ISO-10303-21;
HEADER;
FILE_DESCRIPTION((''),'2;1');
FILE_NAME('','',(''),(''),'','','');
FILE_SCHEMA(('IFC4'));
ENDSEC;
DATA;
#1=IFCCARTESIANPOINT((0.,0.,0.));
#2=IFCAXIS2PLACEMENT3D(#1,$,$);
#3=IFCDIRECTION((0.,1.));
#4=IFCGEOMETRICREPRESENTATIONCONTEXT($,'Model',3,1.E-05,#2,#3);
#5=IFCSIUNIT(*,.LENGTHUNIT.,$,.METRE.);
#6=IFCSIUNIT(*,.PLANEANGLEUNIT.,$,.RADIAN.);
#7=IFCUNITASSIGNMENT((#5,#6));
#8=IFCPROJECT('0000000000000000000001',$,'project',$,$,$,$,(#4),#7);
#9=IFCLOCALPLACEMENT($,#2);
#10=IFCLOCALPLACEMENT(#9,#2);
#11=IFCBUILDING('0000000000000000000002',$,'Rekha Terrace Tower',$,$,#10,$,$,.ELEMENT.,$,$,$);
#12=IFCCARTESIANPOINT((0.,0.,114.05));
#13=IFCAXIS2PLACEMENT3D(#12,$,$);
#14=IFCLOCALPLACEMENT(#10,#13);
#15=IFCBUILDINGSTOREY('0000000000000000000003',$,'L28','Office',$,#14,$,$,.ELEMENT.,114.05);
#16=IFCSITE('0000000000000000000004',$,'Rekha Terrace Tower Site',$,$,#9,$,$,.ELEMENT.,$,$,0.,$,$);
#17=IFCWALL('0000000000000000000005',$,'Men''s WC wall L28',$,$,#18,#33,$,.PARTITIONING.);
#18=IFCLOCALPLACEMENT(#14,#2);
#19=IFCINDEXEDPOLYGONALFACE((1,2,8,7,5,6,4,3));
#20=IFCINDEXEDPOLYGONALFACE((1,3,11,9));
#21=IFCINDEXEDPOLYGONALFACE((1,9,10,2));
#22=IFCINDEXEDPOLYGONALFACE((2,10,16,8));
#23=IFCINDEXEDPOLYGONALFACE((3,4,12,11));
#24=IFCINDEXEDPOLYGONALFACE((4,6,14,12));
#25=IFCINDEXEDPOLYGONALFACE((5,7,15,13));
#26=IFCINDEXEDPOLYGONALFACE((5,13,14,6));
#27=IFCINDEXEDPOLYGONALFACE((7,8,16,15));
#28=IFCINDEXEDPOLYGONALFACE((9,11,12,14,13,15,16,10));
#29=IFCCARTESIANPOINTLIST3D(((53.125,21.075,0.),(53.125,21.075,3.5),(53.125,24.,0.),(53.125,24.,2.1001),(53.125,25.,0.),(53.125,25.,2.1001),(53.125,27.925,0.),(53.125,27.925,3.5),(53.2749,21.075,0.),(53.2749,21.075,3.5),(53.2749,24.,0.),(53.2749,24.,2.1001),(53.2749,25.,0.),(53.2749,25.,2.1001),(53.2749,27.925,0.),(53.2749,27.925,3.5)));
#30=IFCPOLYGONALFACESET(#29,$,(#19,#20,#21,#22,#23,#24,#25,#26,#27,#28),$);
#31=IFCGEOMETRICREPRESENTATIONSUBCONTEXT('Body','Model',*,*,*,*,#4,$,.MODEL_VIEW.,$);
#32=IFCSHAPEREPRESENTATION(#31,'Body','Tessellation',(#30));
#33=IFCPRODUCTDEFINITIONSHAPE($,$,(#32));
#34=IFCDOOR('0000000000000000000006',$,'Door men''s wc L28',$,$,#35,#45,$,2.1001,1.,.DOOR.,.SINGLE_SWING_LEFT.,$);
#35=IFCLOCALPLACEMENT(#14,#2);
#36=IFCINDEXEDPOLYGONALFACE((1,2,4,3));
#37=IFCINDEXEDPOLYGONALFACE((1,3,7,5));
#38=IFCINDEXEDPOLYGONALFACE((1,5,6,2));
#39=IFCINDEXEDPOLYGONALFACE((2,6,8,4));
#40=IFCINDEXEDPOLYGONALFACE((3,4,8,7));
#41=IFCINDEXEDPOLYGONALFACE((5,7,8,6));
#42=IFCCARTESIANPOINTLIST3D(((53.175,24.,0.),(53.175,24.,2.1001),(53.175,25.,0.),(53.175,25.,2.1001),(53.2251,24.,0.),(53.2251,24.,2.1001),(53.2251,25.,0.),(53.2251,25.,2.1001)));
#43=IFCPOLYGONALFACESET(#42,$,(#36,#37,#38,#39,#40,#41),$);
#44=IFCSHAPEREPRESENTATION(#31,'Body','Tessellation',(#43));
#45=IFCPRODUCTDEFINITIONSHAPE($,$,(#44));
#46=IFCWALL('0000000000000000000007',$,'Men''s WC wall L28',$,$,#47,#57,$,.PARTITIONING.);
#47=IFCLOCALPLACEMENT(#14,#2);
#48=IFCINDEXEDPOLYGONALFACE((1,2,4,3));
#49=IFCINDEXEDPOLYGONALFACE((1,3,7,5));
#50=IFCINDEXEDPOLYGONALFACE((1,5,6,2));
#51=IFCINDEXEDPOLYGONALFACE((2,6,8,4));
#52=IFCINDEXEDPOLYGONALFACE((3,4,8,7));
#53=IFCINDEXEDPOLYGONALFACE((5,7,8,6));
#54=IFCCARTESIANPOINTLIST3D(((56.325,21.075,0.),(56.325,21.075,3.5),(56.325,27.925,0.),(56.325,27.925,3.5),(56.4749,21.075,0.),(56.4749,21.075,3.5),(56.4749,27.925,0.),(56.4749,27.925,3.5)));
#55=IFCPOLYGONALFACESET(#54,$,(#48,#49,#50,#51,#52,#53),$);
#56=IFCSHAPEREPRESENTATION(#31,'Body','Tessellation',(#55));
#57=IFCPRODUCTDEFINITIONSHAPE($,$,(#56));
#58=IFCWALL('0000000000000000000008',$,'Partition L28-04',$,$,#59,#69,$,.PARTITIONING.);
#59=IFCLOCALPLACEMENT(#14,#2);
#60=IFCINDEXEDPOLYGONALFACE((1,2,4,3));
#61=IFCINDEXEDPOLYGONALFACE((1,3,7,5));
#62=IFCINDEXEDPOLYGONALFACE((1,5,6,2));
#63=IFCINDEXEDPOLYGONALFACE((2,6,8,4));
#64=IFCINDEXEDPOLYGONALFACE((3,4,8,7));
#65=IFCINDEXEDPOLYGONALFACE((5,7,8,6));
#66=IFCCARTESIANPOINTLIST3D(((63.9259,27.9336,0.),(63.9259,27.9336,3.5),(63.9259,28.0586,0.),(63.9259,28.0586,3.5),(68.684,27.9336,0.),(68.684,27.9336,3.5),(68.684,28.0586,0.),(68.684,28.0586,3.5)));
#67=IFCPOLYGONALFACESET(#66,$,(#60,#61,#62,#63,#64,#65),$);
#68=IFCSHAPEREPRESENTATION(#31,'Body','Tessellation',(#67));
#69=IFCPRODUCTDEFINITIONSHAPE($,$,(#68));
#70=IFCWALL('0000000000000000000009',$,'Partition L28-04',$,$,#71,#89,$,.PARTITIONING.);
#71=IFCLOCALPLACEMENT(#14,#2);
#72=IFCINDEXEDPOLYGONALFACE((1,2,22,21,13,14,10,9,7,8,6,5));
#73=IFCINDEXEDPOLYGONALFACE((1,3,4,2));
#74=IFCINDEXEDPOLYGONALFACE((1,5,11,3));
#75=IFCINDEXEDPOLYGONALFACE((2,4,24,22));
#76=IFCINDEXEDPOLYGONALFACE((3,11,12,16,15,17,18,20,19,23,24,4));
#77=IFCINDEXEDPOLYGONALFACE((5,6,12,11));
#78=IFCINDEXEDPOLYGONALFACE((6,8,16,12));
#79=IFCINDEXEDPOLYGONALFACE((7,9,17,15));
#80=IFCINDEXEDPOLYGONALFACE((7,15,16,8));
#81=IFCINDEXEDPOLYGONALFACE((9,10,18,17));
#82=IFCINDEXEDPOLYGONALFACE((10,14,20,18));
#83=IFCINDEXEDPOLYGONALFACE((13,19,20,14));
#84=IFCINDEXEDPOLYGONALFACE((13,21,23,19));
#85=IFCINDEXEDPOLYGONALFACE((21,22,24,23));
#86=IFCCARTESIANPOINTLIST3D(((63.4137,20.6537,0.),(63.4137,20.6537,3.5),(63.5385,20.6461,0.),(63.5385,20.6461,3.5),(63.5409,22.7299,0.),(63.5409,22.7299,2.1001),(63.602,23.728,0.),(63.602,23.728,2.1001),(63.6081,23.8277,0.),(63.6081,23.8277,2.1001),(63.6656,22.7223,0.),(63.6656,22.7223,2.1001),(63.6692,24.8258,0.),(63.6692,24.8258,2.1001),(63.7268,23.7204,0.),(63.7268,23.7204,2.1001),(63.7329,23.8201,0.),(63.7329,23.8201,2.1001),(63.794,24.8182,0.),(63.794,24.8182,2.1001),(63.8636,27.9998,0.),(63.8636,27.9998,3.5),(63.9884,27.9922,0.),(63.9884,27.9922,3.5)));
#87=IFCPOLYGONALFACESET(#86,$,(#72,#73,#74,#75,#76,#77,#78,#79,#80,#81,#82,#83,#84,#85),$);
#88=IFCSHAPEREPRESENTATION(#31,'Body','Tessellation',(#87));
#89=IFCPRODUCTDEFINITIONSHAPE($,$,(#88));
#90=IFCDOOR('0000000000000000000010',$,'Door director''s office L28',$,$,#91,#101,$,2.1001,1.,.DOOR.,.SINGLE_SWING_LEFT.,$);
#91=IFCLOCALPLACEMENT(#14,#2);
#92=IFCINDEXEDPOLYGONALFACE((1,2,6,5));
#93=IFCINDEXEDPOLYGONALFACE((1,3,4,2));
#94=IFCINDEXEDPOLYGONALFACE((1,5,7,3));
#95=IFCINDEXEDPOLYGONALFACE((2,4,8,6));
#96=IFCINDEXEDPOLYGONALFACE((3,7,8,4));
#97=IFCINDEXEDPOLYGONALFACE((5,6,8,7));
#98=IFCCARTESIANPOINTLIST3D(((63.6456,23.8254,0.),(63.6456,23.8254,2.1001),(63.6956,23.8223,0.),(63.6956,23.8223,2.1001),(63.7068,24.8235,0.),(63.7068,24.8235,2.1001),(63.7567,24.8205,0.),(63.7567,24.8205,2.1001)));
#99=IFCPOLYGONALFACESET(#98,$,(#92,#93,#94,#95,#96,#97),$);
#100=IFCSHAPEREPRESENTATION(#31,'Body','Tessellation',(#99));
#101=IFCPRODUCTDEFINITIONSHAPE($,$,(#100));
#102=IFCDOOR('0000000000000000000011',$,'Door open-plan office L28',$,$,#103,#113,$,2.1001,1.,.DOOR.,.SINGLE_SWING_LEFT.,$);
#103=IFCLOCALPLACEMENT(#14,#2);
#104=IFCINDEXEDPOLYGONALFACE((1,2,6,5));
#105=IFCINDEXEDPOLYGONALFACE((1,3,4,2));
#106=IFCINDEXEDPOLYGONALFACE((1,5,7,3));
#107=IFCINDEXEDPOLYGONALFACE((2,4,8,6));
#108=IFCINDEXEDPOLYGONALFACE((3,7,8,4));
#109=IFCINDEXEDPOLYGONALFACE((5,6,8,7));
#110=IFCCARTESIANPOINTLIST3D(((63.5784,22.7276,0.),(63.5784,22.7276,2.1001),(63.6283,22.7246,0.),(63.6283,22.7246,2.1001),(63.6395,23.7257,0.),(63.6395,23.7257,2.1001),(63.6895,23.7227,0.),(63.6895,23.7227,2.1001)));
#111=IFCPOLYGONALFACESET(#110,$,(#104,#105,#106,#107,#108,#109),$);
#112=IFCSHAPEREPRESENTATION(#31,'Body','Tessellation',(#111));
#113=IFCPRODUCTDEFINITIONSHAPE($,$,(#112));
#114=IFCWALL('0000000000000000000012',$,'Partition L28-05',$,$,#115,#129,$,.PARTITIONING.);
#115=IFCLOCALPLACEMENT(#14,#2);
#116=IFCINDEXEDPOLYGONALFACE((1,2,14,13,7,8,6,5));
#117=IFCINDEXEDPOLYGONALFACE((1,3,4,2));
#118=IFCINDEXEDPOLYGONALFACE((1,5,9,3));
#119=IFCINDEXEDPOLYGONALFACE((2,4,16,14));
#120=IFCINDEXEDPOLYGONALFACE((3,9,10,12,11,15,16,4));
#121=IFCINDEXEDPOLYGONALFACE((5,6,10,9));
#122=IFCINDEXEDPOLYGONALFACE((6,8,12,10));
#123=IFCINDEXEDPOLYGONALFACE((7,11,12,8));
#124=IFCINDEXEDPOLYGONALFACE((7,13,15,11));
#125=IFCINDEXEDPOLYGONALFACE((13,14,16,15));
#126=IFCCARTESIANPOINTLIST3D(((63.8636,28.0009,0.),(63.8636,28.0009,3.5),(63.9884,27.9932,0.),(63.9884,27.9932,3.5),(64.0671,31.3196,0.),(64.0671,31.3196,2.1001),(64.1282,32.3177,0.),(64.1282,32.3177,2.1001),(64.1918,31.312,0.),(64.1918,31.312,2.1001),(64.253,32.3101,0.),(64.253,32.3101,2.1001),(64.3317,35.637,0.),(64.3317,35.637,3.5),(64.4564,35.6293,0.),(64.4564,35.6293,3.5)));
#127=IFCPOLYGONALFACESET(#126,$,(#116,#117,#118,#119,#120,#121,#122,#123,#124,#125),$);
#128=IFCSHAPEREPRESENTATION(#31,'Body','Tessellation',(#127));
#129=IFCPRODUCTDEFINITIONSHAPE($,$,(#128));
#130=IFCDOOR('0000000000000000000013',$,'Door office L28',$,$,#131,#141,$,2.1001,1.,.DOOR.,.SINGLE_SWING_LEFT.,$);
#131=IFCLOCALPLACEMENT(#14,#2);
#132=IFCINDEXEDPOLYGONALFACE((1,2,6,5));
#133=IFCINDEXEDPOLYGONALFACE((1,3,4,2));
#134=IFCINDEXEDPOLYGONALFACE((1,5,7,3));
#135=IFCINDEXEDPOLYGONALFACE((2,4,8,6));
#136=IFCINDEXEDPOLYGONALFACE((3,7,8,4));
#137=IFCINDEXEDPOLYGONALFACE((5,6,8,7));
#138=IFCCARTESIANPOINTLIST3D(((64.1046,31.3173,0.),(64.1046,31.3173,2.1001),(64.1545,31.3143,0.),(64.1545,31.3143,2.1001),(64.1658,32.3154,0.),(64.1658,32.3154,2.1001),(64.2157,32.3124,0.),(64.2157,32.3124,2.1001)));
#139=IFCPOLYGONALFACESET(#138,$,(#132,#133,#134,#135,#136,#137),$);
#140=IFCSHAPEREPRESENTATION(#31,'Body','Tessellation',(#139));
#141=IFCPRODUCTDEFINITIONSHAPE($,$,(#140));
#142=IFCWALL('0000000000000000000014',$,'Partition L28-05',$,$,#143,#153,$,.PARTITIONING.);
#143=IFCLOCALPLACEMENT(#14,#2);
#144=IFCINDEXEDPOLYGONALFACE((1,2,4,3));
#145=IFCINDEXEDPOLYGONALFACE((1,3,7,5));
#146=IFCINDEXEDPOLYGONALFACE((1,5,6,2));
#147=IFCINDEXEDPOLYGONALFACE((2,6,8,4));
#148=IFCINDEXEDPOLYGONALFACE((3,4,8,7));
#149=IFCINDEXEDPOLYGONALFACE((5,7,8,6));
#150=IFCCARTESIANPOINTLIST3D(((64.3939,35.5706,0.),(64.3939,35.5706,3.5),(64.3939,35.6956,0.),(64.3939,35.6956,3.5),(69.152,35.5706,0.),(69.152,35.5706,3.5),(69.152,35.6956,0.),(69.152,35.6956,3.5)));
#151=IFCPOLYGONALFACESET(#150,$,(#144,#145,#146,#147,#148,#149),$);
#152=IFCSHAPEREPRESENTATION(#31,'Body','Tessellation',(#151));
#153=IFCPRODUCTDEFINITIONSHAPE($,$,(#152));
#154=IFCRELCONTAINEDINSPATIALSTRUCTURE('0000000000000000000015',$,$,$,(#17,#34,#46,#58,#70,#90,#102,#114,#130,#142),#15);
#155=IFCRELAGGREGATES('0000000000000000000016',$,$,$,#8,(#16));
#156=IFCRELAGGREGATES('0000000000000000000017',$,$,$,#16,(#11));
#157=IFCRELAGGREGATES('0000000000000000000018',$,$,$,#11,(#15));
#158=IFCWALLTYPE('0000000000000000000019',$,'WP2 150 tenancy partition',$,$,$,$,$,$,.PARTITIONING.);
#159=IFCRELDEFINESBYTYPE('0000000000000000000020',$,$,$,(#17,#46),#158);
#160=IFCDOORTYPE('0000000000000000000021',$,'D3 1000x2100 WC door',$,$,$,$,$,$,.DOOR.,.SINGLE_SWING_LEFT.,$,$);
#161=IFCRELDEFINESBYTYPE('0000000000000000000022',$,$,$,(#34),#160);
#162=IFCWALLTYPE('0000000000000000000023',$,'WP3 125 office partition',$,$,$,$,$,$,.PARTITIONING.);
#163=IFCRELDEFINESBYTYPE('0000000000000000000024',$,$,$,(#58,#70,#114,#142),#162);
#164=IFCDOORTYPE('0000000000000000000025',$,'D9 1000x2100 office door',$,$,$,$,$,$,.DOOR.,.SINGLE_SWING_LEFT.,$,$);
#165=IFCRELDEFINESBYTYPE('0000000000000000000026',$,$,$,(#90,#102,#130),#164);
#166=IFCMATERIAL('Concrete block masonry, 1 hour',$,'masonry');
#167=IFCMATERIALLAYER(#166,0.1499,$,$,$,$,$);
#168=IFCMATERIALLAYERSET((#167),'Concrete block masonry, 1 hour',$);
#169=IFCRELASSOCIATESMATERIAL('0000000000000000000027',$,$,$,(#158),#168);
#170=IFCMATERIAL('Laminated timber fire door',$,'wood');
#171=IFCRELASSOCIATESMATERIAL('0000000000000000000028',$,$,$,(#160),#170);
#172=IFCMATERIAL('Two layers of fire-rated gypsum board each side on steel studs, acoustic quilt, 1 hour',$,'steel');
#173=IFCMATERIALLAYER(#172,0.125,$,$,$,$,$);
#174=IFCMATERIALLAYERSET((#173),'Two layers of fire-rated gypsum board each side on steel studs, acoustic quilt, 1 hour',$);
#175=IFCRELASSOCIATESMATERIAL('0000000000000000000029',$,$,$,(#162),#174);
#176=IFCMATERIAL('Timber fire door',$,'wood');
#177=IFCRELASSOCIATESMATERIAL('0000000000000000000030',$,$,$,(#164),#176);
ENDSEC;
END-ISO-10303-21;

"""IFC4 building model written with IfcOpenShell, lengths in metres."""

from ifc_helpers import new_model, si_unit, direction, frame, frame_2d, origin, place, context, subcontext, project, spatial, rectangle, extrude, material, layer, layer_set, type_object, element, fill, save


model = new_model("IFC4")

# Units and contexts
model_context = context("Model", 3, precision=1e-05, world=origin(), true_north=direction((0.0, 1.0)))
body_context = subcontext(model_context, "Body", "Model", "MODEL_VIEW")
ifc_project = project(units=[si_unit("LENGTHUNIT", "METRE"), si_unit("PLANEANGLEUNIT", "RADIAN")], contexts=[model_context])

# Site, building, storey
site_placement = place(None, origin())
site = spatial("IfcSite", under=ifc_project, at=site_placement, Name="Rekha Terrace Tower Site", CompositionType="ELEMENT", RefElevation=0.0)
building_placement = place(site_placement, origin())
building = spatial("IfcBuilding", under=site, at=building_placement, Name="Rekha Terrace Tower", CompositionType="ELEMENT")
storey_placement = place(building_placement, frame((0.0, 0.0, 114.05)))
storey = spatial("IfcBuildingStorey", under=building, at=storey_placement, Name="L28", Description="Office", CompositionType="ELEMENT", Elevation=114.05)

# Shared definitions
ifc_material_1 = material(Name="Concrete block masonry, 1 hour", Category="masonry")
ifc_layer_1 = layer(ifc_material_1, 0.1499)
ifc_layer_set_1 = layer_set([ifc_layer_1], Name="Concrete block masonry, 1 hour")
wall_type_1 = type_object("IfcWallType", Name="WP2 150 tenancy partition", PredefinedType="PARTITIONING", material=ifc_layer_set_1)

# Wall, opening, door
wall_1_placement = place(storey_placement, frame((53.2, 21.075, 0.0), z_axis=(0.0, 0.0, 1.0), x_axis=(0.0, 1.0, 0.0)))
wall_1 = element("IfcWall", 1, at=wall_1_placement, inside=storey, type_object=wall_type_1, Name="Men's WC wall L28", PredefinedType="PARTITIONING", context=body_context, shape_type="SweptSolid", body=[
    extrude(rectangle(XDim=6.8501, YDim=0.1499, at=frame_2d((3.425, 0.0))), origin(), (0.0, 0.0, 1.0), 3.5),
])
opening_1_placement = place(wall_1_placement, frame((2.925, 0.0, 0.0)))
opening_1 = element("IfcOpeningElement", 2, at=opening_1_placement, cuts=wall_1, PredefinedType="OPENING", context=body_context, shape_type="SweptSolid", body=[
    extrude(rectangle(XDim=1.0, YDim=2.1001, at=frame_2d((0.5, 1.05))), frame((0.0, 0.085, 0.0), z_axis=(0.0, -1.0, 0.0), x_axis=(1.0, 0.0, 0.0)), (0.0, 0.0, 1.0), 0.1699),
])
ifc_material_2 = material(Name="Laminated timber fire door", Category="wood")
door_type_1 = type_object("IfcDoorType", Name="D3 1000x2100 WC door", OperationType="SINGLE_SWING_LEFT", PredefinedType="DOOR", material=ifc_material_2)
door_1_placement = place(opening_1_placement, origin())
door_1 = element("IfcDoor", 3, at=door_1_placement, inside=storey, type_object=door_type_1, Name="Door men's wc L28", OperationType="SINGLE_SWING_LEFT", OverallHeight=2.1001, OverallWidth=1.0, PredefinedType="DOOR", context=body_context, shape_type="SweptSolid", body=[
    extrude(rectangle(XDim=1.0, YDim=2.1001, at=frame_2d((0.5, 1.05))), frame((0.0, 0.0249, 0.0), z_axis=(0.0, -1.0, 0.0), x_axis=(1.0, 0.0, 0.0)), (0.0, 0.0, 1.0), 0.05),
])
fill(opening_1, door_1)

# Walls
wall_2_placement = place(storey_placement, frame((56.3999, 21.075, 0.0), z_axis=(0.0, 0.0, 1.0), x_axis=(0.0, 1.0, 0.0)))
element("IfcWall", 4, at=wall_2_placement, inside=storey, type_object=wall_type_1, Name="Men's WC wall L28", PredefinedType="PARTITIONING", context=body_context, shape_type="SweptSolid", body=[
    extrude(rectangle(XDim=6.8501, YDim=0.1499, at=frame_2d((3.425, 0.0))), origin(), (0.0, 0.0, 1.0), 3.5),
])
ifc_material_3 = material(Name="Two layers of fire-rated gypsum board each side on steel studs, acoustic quilt, 1 hour", Category="steel")
ifc_layer_2 = layer(ifc_material_3, 0.125)
ifc_layer_set_2 = layer_set([ifc_layer_2], Name="Two layers of fire-rated gypsum board each side on steel studs, acoustic quilt, 1 hour")
wall_type_2 = type_object("IfcWallType", Name="WP3 125 office partition", PredefinedType="PARTITIONING", material=ifc_layer_set_2)
wall_3_placement = place(storey_placement, frame((63.926, 27.9961, 0.0), z_axis=(0.0, 0.0, 1.0), x_axis=(1.0, 0.0, 0.0)))
element("IfcWall", 5, at=wall_3_placement, inside=storey, type_object=wall_type_2, Name="Partition L28-04", PredefinedType="PARTITIONING", context=body_context, shape_type="SweptSolid", body=[
    extrude(rectangle(XDim=4.7581, YDim=0.125, at=frame_2d((2.3789, 0.0))), origin(), (0.0, 0.0, 1.0), 3.5),
])

# Wall, openings, doors
wall_4_placement = place(storey_placement, frame((63.4761, 20.6499, 0.0), z_axis=(0.0, 0.0, 1.0), x_axis=(0.061135, 0.99813, 0.0)))
wall_4 = element("IfcWall", 6, at=wall_4_placement, inside=storey, type_object=wall_type_2, Name="Partition L28-04", PredefinedType="PARTITIONING", context=body_context, shape_type="SweptSolid", body=[
    extrude(rectangle(XDim=7.3599, YDim=0.125, at=frame_2d((3.6799, 0.0))), origin(), (0.0, 0.0, 1.0), 3.5),
])
opening_2_placement = place(wall_4_placement, frame((3.1799, 0.0, 0.0)))
opening_2 = element("IfcOpeningElement", 7, at=opening_2_placement, cuts=wall_4, PredefinedType="OPENING", context=body_context, shape_type="SweptSolid", body=[
    extrude(rectangle(XDim=1.0, YDim=2.1001, at=frame_2d((0.5, 1.05))), frame((0.0, 0.0725, 0.0), z_axis=(0.0, -1.0, 0.0), x_axis=(1.0, 0.0, 0.0)), (0.0, 0.0, 1.0), 0.145),
])
opening_3_placement = place(wall_4_placement, frame((2.0801, 0.0, 0.0)))
opening_3 = element("IfcOpeningElement", 8, at=opening_3_placement, cuts=wall_4, PredefinedType="OPENING", context=body_context, shape_type="SweptSolid", body=[
    extrude(rectangle(XDim=1.0, YDim=2.1001, at=frame_2d((0.5, 1.05))), frame((0.0, 0.0725, 0.0), z_axis=(0.0, -1.0, 0.0), x_axis=(1.0, 0.0, 0.0)), (0.0, 0.0, 1.0), 0.145),
])
ifc_material_4 = material(Name="Timber fire door", Category="wood")
door_type_2 = type_object("IfcDoorType", Name="D9 1000x2100 office door", OperationType="SINGLE_SWING_LEFT", PredefinedType="DOOR", material=ifc_material_4)
door_2_placement = place(opening_2_placement, origin())
door_2 = element("IfcDoor", 9, at=door_2_placement, inside=storey, type_object=door_type_2, Name="Door director's office L28", OperationType="SINGLE_SWING_LEFT", OverallHeight=2.1001, OverallWidth=1.0, PredefinedType="DOOR", context=body_context, shape_type="SweptSolid", body=[
    extrude(rectangle(XDim=1.0, YDim=2.1001, at=frame_2d((0.5, 1.05))), frame((0.0, 0.0249, 0.0), z_axis=(0.0, -1.0, 0.0), x_axis=(1.0, 0.0, 0.0)), (0.0, 0.0, 1.0), 0.05),
])
fill(opening_2, door_2)
door_3_placement = place(opening_3_placement, origin())
door_3 = element("IfcDoor", 10, at=door_3_placement, inside=storey, type_object=door_type_2, Name="Door open-plan office L28", OperationType="SINGLE_SWING_LEFT", OverallHeight=2.1001, OverallWidth=1.0, PredefinedType="DOOR", context=body_context, shape_type="SweptSolid", body=[
    extrude(rectangle(XDim=1.0, YDim=2.1001, at=frame_2d((0.5, 1.05))), frame((0.0, 0.0249, 0.0), z_axis=(0.0, -1.0, 0.0), x_axis=(1.0, 0.0, 0.0)), (0.0, 0.0, 1.0), 0.05),
])
fill(opening_3, door_3)

# Wall, opening, door
wall_5_placement = place(storey_placement, frame((63.926, 27.9971, 0.0), z_axis=(0.0, 0.0, 1.0), x_axis=(0.061176, 0.998127, 0.0)))
wall_5 = element("IfcWall", 11, at=wall_5_placement, inside=storey, type_object=wall_type_2, Name="Partition L28-05", PredefinedType="PARTITIONING", context=body_context, shape_type="SweptSolid", body=[
    extrude(rectangle(XDim=7.6504, YDim=0.125, at=frame_2d((3.8252, 0.0))), origin(), (0.0, 0.0, 1.0), 3.5),
])
opening_4_placement = place(wall_5_placement, frame((3.325, 0.0, 0.0)))
opening_4 = element("IfcOpeningElement", 12, at=opening_4_placement, cuts=wall_5, PredefinedType="OPENING", context=body_context, shape_type="SweptSolid", body=[
    extrude(rectangle(XDim=1.0, YDim=2.1001, at=frame_2d((0.5, 1.05))), frame((0.0, 0.0725, 0.0), z_axis=(0.0, -1.0, 0.0), x_axis=(1.0, 0.0, 0.0)), (0.0, 0.0, 1.0), 0.145),
])
door_4_placement = place(opening_4_placement, origin())
door_4 = element("IfcDoor", 13, at=door_4_placement, inside=storey, type_object=door_type_2, Name="Door office L28", OperationType="SINGLE_SWING_LEFT", OverallHeight=2.1001, OverallWidth=1.0, PredefinedType="DOOR", context=body_context, shape_type="SweptSolid", body=[
    extrude(rectangle(XDim=1.0, YDim=2.1001, at=frame_2d((0.5, 1.05))), frame((0.0, 0.0249, 0.0), z_axis=(0.0, -1.0, 0.0), x_axis=(1.0, 0.0, 0.0)), (0.0, 0.0, 1.0), 0.05),
])
fill(opening_4, door_4)

# Wall
wall_6_placement = place(storey_placement, frame((64.394, 35.6331, 0.0), z_axis=(0.0, 0.0, 1.0), x_axis=(1.0, 0.0, 0.0)))
element("IfcWall", 14, at=wall_6_placement, inside=storey, type_object=wall_type_2, Name="Partition L28-05", PredefinedType="PARTITIONING", context=body_context, shape_type="SweptSolid", body=[
    extrude(rectangle(XDim=4.7581, YDim=0.125, at=frame_2d((2.3789, 0.0))), origin(), (0.0, 0.0, 1.0), 3.5),
])

save(model, "model.ifc")
